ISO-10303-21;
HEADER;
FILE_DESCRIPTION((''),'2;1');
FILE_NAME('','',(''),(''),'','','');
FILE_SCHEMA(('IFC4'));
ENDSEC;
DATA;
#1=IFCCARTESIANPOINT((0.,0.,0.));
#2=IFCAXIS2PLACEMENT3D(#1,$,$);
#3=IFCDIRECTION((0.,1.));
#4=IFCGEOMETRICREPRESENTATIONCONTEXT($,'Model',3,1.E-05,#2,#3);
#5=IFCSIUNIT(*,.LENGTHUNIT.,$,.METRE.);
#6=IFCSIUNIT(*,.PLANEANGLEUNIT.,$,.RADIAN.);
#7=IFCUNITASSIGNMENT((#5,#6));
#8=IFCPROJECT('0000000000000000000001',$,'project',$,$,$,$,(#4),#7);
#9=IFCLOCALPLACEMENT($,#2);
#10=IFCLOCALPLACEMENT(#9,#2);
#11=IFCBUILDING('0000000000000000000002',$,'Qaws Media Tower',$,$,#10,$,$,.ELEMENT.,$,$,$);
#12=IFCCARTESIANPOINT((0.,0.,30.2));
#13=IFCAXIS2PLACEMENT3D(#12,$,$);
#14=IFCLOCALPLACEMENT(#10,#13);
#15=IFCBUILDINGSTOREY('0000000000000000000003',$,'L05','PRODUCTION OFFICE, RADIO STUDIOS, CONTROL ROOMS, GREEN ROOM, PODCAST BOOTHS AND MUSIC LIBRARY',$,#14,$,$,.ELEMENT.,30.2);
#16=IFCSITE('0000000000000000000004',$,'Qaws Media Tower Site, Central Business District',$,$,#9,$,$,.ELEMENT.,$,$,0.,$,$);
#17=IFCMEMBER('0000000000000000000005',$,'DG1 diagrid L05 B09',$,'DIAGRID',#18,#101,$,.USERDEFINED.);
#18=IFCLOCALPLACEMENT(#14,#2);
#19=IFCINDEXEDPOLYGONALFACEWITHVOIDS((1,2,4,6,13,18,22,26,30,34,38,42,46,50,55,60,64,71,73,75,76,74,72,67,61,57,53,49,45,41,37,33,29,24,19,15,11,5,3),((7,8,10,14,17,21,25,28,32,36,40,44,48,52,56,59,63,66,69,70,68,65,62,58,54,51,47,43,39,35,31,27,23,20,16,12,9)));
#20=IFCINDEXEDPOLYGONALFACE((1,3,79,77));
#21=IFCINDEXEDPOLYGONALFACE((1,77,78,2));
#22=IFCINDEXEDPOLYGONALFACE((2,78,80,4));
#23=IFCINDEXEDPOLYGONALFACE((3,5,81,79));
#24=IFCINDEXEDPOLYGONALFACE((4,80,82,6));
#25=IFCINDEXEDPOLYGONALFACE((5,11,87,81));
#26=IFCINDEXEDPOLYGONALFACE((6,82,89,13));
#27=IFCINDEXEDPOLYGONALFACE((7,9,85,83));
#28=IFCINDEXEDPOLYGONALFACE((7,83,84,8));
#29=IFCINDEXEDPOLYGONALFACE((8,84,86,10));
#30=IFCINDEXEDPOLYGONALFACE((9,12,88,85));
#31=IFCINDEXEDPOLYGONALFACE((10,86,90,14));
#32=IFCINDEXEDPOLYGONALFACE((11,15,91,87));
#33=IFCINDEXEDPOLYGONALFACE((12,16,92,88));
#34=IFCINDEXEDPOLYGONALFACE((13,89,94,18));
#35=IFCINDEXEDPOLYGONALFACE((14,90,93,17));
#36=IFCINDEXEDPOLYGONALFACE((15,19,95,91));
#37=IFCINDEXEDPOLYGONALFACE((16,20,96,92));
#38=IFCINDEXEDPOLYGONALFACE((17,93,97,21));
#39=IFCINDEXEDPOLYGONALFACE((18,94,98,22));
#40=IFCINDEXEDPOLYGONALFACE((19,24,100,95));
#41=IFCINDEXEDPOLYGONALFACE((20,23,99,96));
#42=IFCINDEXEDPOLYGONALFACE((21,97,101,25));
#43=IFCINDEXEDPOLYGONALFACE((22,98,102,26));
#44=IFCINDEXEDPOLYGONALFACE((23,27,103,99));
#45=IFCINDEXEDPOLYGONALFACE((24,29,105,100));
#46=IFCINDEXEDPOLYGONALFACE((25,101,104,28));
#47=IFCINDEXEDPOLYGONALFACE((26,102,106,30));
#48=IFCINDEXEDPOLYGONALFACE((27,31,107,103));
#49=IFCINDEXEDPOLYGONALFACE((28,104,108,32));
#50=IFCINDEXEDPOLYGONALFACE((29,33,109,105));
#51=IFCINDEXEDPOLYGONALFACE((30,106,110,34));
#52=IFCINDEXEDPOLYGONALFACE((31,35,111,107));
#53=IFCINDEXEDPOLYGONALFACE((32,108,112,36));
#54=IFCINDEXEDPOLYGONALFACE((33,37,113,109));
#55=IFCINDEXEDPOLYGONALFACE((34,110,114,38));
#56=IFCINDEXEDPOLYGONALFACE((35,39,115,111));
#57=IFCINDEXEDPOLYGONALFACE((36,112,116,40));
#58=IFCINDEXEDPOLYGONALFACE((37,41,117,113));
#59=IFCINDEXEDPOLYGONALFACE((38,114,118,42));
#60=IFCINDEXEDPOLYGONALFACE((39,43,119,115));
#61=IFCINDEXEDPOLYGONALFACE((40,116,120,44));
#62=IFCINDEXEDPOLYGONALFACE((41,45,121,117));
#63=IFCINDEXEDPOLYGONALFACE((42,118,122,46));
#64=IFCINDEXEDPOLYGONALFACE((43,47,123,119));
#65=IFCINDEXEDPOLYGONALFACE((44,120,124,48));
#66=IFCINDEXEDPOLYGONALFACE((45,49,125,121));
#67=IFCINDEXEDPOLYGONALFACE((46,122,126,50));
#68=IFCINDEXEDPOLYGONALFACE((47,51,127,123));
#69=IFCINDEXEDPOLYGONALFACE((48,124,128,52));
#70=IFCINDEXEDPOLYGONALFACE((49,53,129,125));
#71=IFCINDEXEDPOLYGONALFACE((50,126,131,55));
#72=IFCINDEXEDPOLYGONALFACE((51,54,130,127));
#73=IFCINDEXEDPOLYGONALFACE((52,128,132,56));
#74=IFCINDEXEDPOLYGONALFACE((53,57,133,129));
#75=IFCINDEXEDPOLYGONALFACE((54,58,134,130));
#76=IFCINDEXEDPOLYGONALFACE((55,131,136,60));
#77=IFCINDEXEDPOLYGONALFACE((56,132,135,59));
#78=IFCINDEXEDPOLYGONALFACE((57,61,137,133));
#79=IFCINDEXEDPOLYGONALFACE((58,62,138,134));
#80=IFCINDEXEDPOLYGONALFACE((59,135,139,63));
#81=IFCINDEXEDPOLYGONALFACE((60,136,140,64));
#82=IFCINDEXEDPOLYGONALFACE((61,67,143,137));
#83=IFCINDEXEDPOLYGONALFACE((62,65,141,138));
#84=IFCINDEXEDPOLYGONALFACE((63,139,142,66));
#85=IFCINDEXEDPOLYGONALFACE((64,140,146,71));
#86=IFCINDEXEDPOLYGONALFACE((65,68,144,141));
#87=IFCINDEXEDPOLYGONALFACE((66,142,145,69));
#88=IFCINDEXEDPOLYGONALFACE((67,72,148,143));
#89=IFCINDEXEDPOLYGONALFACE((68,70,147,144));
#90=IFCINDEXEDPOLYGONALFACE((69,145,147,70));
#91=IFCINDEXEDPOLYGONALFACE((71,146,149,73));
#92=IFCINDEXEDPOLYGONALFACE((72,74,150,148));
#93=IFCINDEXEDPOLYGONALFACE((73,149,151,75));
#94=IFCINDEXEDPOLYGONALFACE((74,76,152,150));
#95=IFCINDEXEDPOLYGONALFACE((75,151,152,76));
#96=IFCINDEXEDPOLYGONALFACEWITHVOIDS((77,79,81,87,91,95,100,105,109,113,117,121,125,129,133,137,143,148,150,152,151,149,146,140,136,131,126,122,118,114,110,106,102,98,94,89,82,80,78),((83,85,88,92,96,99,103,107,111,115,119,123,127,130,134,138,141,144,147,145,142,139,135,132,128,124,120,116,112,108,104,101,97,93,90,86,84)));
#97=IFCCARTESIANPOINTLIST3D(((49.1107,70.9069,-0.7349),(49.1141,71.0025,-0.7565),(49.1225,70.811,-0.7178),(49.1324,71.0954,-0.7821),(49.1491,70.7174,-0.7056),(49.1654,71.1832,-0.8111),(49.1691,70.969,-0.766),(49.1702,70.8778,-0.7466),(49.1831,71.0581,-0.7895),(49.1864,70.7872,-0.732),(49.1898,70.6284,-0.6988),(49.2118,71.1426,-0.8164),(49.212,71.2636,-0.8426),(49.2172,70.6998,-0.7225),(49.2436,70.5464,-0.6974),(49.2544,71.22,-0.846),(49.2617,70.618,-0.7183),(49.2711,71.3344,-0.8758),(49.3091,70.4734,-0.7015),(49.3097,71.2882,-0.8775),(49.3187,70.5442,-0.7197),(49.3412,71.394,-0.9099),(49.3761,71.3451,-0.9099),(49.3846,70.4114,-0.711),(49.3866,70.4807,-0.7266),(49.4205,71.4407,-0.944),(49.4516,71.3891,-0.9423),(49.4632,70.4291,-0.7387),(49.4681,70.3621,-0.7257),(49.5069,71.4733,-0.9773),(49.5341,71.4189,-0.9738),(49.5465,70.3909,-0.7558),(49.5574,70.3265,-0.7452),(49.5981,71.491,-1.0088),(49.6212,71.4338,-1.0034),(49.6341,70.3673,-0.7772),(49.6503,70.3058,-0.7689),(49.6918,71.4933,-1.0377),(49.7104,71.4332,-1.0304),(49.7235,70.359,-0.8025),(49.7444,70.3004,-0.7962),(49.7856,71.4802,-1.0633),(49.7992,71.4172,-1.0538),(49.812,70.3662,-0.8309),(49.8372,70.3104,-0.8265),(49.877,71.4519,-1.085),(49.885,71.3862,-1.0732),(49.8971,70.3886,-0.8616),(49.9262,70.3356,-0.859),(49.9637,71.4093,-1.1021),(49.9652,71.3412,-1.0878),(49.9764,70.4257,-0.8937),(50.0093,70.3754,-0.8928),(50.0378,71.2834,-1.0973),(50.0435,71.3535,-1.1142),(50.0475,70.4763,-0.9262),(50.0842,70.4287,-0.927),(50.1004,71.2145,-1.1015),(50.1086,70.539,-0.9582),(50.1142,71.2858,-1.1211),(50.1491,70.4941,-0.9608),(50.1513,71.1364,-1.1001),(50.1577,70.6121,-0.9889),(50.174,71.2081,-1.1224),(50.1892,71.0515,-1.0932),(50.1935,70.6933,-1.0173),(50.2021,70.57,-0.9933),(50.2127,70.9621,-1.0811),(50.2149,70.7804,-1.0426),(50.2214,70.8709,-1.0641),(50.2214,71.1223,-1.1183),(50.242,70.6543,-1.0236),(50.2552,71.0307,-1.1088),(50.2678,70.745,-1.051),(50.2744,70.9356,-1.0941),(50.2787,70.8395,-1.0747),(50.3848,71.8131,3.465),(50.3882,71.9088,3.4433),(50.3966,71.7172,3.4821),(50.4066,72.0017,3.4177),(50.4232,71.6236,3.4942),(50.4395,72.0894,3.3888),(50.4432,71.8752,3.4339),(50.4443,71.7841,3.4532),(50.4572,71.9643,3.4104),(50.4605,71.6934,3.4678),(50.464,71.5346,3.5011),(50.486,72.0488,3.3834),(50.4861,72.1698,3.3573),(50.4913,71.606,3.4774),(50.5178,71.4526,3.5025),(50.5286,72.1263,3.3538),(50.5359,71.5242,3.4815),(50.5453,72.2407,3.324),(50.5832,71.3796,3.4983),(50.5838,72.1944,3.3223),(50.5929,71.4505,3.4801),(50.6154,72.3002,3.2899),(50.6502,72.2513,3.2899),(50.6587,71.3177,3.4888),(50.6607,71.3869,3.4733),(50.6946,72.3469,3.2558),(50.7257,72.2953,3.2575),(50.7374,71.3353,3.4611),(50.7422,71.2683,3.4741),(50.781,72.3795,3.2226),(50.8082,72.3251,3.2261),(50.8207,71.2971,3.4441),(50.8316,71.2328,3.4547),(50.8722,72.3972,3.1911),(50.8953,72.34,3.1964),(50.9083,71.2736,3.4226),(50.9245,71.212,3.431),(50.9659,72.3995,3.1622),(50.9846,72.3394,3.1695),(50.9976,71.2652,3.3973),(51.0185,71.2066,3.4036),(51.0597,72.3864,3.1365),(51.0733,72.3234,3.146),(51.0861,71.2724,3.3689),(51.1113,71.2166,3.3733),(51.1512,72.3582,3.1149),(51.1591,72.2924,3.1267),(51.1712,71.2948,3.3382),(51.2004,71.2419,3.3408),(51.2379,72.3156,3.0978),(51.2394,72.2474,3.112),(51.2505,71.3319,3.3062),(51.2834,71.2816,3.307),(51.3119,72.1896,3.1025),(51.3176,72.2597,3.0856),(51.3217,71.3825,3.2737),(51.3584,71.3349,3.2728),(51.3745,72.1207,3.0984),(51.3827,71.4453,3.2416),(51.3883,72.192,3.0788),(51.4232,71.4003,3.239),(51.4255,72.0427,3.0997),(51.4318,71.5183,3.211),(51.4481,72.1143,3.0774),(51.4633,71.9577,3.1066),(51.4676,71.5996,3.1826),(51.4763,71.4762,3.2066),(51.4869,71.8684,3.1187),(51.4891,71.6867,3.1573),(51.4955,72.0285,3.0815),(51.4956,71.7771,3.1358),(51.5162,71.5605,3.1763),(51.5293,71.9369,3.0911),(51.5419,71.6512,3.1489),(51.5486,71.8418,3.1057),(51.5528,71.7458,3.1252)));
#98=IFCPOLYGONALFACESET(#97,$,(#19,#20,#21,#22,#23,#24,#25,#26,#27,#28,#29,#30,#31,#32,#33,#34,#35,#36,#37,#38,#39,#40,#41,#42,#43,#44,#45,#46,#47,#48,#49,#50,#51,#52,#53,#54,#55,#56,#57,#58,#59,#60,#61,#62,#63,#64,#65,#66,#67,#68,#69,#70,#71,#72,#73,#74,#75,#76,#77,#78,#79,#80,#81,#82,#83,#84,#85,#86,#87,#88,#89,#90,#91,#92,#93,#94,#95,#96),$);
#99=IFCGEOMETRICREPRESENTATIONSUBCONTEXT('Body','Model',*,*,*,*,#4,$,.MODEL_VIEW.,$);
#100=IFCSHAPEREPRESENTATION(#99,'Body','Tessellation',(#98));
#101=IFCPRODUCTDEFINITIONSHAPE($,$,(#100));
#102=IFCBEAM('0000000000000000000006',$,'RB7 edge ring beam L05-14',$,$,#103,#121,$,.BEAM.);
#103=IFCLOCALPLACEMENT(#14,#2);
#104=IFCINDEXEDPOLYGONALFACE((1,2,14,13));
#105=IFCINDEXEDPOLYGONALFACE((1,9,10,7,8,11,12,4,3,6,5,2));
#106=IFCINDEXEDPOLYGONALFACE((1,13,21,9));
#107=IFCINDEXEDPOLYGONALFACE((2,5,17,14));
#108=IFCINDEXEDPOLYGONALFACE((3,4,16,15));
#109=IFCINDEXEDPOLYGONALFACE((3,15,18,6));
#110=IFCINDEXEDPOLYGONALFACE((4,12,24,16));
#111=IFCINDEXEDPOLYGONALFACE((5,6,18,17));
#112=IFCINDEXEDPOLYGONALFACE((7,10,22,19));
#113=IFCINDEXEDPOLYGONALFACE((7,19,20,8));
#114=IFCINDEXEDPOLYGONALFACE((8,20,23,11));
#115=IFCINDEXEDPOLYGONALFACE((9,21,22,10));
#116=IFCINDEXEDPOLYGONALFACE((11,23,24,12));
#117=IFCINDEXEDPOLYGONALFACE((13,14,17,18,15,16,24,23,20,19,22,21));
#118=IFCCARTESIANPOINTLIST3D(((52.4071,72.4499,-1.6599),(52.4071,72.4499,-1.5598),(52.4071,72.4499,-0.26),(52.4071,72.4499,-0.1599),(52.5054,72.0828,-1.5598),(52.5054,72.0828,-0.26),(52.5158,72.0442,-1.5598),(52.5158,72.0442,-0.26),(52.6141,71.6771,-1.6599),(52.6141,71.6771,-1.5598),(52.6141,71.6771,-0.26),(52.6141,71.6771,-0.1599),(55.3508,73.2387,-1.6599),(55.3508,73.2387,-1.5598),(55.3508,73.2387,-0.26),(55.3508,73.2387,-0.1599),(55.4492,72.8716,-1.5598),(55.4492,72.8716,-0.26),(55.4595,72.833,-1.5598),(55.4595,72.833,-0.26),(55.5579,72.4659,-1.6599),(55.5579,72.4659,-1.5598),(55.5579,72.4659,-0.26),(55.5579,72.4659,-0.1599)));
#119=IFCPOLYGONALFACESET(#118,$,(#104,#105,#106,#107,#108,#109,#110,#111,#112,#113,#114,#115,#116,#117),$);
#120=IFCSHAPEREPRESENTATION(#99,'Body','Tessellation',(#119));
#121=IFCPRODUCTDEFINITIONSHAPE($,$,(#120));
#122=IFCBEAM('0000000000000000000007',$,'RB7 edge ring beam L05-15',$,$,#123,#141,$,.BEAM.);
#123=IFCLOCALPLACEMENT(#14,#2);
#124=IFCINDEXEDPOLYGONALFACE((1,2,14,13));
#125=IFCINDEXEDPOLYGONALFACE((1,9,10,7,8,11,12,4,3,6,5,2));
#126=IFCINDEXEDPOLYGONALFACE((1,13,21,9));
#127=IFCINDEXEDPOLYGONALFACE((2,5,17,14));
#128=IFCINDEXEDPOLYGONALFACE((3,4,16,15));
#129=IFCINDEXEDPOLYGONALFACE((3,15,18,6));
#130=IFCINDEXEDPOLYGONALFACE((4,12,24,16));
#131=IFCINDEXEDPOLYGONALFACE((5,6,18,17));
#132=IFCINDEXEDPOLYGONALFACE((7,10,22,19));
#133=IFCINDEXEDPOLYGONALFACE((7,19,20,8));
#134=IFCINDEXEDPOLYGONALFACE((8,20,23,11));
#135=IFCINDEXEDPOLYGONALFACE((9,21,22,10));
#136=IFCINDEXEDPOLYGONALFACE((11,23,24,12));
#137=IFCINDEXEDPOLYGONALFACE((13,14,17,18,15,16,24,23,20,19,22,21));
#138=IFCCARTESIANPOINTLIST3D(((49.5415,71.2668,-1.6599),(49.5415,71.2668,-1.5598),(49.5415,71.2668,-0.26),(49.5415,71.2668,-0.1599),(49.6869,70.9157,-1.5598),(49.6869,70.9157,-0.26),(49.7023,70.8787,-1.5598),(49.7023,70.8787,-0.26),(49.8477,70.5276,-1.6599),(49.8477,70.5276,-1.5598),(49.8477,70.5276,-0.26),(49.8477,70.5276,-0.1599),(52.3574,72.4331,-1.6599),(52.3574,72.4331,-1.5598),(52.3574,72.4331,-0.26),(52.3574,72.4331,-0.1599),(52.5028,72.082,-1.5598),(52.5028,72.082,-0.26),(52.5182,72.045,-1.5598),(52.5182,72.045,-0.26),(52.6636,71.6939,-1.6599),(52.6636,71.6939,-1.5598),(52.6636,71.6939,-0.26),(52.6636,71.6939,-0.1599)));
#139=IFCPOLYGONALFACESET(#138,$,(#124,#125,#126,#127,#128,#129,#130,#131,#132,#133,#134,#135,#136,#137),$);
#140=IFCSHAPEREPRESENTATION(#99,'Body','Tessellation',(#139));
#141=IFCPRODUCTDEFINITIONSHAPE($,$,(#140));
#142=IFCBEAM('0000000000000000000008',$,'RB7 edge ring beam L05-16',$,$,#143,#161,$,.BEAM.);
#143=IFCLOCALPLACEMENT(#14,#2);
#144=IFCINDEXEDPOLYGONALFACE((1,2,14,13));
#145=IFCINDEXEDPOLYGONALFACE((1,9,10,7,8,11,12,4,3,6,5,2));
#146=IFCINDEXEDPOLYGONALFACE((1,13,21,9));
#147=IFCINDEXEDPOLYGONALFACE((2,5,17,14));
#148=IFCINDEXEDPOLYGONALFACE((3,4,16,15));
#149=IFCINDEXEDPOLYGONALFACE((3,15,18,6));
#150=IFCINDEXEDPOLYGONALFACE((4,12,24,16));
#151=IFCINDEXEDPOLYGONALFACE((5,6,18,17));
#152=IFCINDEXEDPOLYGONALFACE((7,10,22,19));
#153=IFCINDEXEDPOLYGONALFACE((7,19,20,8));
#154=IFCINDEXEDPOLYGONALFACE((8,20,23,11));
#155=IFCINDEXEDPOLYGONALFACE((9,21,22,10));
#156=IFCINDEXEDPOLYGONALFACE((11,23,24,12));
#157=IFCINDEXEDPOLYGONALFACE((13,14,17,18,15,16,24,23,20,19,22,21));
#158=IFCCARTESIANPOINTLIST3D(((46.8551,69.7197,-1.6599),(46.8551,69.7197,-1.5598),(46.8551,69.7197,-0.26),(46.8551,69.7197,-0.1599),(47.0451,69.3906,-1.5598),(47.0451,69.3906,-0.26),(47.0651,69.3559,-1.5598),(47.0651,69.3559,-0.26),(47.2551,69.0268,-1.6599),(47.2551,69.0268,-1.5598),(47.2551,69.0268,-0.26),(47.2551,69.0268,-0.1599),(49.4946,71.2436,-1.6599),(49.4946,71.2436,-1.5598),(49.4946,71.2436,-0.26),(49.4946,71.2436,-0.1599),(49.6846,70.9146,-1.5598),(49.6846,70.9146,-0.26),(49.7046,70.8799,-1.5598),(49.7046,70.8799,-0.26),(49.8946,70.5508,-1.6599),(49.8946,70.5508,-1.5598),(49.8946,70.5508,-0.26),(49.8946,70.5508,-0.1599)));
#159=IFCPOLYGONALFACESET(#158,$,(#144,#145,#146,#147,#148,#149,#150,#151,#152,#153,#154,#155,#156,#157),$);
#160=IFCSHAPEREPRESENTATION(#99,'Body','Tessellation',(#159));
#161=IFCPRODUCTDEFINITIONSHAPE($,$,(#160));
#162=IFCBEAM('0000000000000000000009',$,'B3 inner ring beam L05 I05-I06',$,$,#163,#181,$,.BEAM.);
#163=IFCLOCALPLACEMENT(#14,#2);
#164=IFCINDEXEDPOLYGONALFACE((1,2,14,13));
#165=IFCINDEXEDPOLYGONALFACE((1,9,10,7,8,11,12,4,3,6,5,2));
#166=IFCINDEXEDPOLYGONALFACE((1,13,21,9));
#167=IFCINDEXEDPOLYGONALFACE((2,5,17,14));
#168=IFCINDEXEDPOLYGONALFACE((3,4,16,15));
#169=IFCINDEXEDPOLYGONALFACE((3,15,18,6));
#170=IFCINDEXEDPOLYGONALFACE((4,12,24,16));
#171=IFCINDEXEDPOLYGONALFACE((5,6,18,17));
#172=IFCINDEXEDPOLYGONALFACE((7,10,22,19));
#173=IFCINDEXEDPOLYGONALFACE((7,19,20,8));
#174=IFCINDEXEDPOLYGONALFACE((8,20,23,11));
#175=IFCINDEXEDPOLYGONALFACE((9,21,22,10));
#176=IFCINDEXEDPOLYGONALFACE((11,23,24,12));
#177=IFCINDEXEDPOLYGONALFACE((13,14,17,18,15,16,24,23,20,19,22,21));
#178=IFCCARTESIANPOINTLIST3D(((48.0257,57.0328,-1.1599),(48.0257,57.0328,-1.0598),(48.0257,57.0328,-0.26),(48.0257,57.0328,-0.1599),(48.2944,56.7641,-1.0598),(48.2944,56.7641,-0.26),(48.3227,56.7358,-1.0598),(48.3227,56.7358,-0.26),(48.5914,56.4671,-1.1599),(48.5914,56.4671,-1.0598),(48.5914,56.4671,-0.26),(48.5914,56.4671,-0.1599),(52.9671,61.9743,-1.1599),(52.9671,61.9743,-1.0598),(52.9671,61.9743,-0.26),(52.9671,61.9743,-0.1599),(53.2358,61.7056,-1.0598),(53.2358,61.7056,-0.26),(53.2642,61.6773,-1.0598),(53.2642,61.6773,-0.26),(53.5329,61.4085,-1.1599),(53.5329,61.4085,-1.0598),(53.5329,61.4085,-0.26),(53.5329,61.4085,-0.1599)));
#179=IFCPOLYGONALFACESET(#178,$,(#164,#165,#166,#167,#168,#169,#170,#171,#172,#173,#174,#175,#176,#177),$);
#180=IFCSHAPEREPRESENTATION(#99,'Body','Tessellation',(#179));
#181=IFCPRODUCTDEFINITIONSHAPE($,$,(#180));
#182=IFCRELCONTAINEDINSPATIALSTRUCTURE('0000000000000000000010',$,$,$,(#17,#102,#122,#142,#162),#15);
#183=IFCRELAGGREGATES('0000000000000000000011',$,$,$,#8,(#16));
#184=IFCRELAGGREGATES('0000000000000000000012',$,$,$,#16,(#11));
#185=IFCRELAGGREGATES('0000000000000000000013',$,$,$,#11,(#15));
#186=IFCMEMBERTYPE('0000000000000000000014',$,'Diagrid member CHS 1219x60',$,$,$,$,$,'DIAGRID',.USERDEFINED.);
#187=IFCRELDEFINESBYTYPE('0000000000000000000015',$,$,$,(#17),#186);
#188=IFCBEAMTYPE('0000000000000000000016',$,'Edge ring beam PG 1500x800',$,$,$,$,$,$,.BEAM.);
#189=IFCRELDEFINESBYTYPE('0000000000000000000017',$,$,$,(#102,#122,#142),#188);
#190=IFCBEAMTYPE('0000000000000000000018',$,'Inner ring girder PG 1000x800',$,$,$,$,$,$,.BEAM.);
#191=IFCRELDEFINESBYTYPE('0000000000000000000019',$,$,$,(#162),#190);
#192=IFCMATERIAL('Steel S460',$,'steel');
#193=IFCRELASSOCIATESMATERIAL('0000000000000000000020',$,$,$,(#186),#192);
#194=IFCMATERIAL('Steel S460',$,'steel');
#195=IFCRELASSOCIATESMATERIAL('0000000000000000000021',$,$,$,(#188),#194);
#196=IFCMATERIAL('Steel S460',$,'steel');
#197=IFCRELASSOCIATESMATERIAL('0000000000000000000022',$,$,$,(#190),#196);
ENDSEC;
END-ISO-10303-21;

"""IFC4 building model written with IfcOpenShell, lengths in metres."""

from ifc_helpers import new_model, si_unit, direction, frame, origin, origin_2d, place, context, subcontext, project, spatial, hollow_circle, i_section, extrude, material, material_profile, profile_set, type_object, element, save


model = new_model("IFC4")

# Units and contexts
model_context = context("Model", 3, precision=1e-05, world=origin(), true_north=direction((0.0, 1.0)))
body_context = subcontext(model_context, "Body", "Model", "MODEL_VIEW")
ifc_project = project(units=[si_unit("LENGTHUNIT", "METRE"), si_unit("PLANEANGLEUNIT", "RADIAN")], contexts=[model_context])

# Site, building, storey
site_placement = place(None, origin())
site = spatial("IfcSite", under=ifc_project, at=site_placement, Name="Qaws Media Tower Site, Central Business District", CompositionType="ELEMENT", RefElevation=0.0)
building_placement = place(site_placement, origin())
building = spatial("IfcBuilding", under=site, at=building_placement, Name="Qaws Media Tower", CompositionType="ELEMENT")
storey_placement = place(building_placement, frame((0.0, 0.0, 30.2)))
storey = spatial("IfcBuildingStorey", under=building, at=storey_placement, Name="L05", Description="PRODUCTION OFFICE, RADIO STUDIOS, CONTROL ROOMS, GREEN ROOM, PODCAST BOOTHS AND MUSIC LIBRARY", CompositionType="ELEMENT", Elevation=30.2)

# Member
ifc_material_1 = material(Name="Steel S460", Category="steel")
ifc_material_profile_1 = material_profile(ifc_material_1, hollow_circle(Radius=0.6096, WallThickness=0.0601, at=origin_2d()), Name="CHS 1219x60")
ifc_profile_set_1 = profile_set([ifc_material_profile_1], Name="Steel S460")
member_type_1 = type_object("IfcMemberType", Name="Diagrid member CHS 1219x60", ElementType="DIAGRID", PredefinedType="USERDEFINED", material=ifc_profile_set_1)
for number, where, z_axis, x_axis, name in (
    (1, (49.6946, 70.8972, -0.9099), (0.284314, 0.202217, 0.937163), (-0.579598, 0.814903, 0.0), "DG1 diagrid L05 B09"),
):
    element("IfcMember", number, at=place(storey_placement, frame(where, z_axis=z_axis, x_axis=x_axis)), inside=storey, type_object=member_type_1, Name=name, ObjectType="DIAGRID", PredefinedType="USERDEFINED", context=body_context, shape_type="SweptSolid", body=[
        extrude(hollow_circle(Radius=0.6096, WallThickness=0.0601, at=origin_2d()), origin(), (0.0, 0.0, 1.0), 4.4814),
    ])

# Beams
ifc_material_2 = material(Name="Steel S460", Category="steel")
ifc_material_profile_2 = material_profile(ifc_material_2, i_section(OverallWidth=0.8, OverallDepth=1.5, WebThickness=0.04, FlangeThickness=0.1001, at=origin_2d()), Name="PG 1500x800")
ifc_profile_set_2 = profile_set([ifc_material_profile_2], Name="Steel S460")
beam_type_1 = type_object("IfcBeamType", Name="Edge ring beam PG 1500x800", PredefinedType="BEAM", material=ifc_profile_set_2)
beam_1_placement = place(storey_placement, frame((55.4543, 72.8523, -0.9099), z_axis=(-0.965924, -0.258824, 0.0), x_axis=(0.258824, -0.965924, 0.0)))
element("IfcBeam", 2, at=beam_1_placement, inside=storey, type_object=beam_type_1, Name="RB7 edge ring beam L05-14", PredefinedType="BEAM", context=body_context, shape_type="SweptSolid", body=[
    extrude(i_section(OverallWidth=0.8, OverallDepth=1.5, WebThickness=0.04, FlangeThickness=0.1001, at=origin_2d()), origin(), (0.0, 0.0, 1.0), 3.0476),
])
for number, where, z_axis, x_axis, name in (
    (3, (52.5105, 72.0635, -0.9099), (-0.923895, -0.382647, 0.0), (0.382647, -0.923895, 0.0), "RB7 edge ring beam L05-15"),
    (4, (49.6946, 70.8972, -0.9099), (-0.866016, -0.500016, 0.0), (0.500016, -0.866016, 0.0), "RB7 edge ring beam L05-16"),
):
    element("IfcBeam", number, at=place(storey_placement, frame(where, z_axis=z_axis, x_axis=x_axis)), inside=storey, type_object=beam_type_1, Name=name, PredefinedType="BEAM", context=body_context, shape_type="SweptSolid", body=[
        extrude(i_section(OverallWidth=0.8, OverallDepth=1.5, WebThickness=0.04, FlangeThickness=0.1001, at=origin_2d()), origin(), (0.0, 0.0, 1.0), 3.0479),
    ])
ifc_material_3 = material(Name="Steel S460", Category="steel")
ifc_material_profile_3 = material_profile(ifc_material_3, i_section(OverallWidth=0.8, OverallDepth=1.0, WebThickness=0.04, FlangeThickness=0.1001, at=origin_2d()), Name="PG 1000x800")
ifc_profile_set_3 = profile_set([ifc_material_profile_3], Name="Steel S460")
beam_type_2 = type_object("IfcBeamType", Name="Inner ring girder PG 1000x800", PredefinedType="BEAM", material=ifc_profile_set_3)
beam_2_placement = place(storey_placement, frame((53.25, 61.6914, -0.6599), z_axis=(-0.707107, -0.707107, 0.0), x_axis=(0.707107, -0.707107, 0.0)))
element("IfcBeam", 5, at=beam_2_placement, inside=storey, type_object=beam_type_2, Name="B3 inner ring beam L05 I05-I06", PredefinedType="BEAM", context=body_context, shape_type="SweptSolid", body=[
    extrude(i_section(OverallWidth=0.8, OverallDepth=1.0, WebThickness=0.04, FlangeThickness=0.1001, at=origin_2d()), origin(), (0.0, 0.0, 1.0), 6.9883),
])

save(model, "model.ifc")
